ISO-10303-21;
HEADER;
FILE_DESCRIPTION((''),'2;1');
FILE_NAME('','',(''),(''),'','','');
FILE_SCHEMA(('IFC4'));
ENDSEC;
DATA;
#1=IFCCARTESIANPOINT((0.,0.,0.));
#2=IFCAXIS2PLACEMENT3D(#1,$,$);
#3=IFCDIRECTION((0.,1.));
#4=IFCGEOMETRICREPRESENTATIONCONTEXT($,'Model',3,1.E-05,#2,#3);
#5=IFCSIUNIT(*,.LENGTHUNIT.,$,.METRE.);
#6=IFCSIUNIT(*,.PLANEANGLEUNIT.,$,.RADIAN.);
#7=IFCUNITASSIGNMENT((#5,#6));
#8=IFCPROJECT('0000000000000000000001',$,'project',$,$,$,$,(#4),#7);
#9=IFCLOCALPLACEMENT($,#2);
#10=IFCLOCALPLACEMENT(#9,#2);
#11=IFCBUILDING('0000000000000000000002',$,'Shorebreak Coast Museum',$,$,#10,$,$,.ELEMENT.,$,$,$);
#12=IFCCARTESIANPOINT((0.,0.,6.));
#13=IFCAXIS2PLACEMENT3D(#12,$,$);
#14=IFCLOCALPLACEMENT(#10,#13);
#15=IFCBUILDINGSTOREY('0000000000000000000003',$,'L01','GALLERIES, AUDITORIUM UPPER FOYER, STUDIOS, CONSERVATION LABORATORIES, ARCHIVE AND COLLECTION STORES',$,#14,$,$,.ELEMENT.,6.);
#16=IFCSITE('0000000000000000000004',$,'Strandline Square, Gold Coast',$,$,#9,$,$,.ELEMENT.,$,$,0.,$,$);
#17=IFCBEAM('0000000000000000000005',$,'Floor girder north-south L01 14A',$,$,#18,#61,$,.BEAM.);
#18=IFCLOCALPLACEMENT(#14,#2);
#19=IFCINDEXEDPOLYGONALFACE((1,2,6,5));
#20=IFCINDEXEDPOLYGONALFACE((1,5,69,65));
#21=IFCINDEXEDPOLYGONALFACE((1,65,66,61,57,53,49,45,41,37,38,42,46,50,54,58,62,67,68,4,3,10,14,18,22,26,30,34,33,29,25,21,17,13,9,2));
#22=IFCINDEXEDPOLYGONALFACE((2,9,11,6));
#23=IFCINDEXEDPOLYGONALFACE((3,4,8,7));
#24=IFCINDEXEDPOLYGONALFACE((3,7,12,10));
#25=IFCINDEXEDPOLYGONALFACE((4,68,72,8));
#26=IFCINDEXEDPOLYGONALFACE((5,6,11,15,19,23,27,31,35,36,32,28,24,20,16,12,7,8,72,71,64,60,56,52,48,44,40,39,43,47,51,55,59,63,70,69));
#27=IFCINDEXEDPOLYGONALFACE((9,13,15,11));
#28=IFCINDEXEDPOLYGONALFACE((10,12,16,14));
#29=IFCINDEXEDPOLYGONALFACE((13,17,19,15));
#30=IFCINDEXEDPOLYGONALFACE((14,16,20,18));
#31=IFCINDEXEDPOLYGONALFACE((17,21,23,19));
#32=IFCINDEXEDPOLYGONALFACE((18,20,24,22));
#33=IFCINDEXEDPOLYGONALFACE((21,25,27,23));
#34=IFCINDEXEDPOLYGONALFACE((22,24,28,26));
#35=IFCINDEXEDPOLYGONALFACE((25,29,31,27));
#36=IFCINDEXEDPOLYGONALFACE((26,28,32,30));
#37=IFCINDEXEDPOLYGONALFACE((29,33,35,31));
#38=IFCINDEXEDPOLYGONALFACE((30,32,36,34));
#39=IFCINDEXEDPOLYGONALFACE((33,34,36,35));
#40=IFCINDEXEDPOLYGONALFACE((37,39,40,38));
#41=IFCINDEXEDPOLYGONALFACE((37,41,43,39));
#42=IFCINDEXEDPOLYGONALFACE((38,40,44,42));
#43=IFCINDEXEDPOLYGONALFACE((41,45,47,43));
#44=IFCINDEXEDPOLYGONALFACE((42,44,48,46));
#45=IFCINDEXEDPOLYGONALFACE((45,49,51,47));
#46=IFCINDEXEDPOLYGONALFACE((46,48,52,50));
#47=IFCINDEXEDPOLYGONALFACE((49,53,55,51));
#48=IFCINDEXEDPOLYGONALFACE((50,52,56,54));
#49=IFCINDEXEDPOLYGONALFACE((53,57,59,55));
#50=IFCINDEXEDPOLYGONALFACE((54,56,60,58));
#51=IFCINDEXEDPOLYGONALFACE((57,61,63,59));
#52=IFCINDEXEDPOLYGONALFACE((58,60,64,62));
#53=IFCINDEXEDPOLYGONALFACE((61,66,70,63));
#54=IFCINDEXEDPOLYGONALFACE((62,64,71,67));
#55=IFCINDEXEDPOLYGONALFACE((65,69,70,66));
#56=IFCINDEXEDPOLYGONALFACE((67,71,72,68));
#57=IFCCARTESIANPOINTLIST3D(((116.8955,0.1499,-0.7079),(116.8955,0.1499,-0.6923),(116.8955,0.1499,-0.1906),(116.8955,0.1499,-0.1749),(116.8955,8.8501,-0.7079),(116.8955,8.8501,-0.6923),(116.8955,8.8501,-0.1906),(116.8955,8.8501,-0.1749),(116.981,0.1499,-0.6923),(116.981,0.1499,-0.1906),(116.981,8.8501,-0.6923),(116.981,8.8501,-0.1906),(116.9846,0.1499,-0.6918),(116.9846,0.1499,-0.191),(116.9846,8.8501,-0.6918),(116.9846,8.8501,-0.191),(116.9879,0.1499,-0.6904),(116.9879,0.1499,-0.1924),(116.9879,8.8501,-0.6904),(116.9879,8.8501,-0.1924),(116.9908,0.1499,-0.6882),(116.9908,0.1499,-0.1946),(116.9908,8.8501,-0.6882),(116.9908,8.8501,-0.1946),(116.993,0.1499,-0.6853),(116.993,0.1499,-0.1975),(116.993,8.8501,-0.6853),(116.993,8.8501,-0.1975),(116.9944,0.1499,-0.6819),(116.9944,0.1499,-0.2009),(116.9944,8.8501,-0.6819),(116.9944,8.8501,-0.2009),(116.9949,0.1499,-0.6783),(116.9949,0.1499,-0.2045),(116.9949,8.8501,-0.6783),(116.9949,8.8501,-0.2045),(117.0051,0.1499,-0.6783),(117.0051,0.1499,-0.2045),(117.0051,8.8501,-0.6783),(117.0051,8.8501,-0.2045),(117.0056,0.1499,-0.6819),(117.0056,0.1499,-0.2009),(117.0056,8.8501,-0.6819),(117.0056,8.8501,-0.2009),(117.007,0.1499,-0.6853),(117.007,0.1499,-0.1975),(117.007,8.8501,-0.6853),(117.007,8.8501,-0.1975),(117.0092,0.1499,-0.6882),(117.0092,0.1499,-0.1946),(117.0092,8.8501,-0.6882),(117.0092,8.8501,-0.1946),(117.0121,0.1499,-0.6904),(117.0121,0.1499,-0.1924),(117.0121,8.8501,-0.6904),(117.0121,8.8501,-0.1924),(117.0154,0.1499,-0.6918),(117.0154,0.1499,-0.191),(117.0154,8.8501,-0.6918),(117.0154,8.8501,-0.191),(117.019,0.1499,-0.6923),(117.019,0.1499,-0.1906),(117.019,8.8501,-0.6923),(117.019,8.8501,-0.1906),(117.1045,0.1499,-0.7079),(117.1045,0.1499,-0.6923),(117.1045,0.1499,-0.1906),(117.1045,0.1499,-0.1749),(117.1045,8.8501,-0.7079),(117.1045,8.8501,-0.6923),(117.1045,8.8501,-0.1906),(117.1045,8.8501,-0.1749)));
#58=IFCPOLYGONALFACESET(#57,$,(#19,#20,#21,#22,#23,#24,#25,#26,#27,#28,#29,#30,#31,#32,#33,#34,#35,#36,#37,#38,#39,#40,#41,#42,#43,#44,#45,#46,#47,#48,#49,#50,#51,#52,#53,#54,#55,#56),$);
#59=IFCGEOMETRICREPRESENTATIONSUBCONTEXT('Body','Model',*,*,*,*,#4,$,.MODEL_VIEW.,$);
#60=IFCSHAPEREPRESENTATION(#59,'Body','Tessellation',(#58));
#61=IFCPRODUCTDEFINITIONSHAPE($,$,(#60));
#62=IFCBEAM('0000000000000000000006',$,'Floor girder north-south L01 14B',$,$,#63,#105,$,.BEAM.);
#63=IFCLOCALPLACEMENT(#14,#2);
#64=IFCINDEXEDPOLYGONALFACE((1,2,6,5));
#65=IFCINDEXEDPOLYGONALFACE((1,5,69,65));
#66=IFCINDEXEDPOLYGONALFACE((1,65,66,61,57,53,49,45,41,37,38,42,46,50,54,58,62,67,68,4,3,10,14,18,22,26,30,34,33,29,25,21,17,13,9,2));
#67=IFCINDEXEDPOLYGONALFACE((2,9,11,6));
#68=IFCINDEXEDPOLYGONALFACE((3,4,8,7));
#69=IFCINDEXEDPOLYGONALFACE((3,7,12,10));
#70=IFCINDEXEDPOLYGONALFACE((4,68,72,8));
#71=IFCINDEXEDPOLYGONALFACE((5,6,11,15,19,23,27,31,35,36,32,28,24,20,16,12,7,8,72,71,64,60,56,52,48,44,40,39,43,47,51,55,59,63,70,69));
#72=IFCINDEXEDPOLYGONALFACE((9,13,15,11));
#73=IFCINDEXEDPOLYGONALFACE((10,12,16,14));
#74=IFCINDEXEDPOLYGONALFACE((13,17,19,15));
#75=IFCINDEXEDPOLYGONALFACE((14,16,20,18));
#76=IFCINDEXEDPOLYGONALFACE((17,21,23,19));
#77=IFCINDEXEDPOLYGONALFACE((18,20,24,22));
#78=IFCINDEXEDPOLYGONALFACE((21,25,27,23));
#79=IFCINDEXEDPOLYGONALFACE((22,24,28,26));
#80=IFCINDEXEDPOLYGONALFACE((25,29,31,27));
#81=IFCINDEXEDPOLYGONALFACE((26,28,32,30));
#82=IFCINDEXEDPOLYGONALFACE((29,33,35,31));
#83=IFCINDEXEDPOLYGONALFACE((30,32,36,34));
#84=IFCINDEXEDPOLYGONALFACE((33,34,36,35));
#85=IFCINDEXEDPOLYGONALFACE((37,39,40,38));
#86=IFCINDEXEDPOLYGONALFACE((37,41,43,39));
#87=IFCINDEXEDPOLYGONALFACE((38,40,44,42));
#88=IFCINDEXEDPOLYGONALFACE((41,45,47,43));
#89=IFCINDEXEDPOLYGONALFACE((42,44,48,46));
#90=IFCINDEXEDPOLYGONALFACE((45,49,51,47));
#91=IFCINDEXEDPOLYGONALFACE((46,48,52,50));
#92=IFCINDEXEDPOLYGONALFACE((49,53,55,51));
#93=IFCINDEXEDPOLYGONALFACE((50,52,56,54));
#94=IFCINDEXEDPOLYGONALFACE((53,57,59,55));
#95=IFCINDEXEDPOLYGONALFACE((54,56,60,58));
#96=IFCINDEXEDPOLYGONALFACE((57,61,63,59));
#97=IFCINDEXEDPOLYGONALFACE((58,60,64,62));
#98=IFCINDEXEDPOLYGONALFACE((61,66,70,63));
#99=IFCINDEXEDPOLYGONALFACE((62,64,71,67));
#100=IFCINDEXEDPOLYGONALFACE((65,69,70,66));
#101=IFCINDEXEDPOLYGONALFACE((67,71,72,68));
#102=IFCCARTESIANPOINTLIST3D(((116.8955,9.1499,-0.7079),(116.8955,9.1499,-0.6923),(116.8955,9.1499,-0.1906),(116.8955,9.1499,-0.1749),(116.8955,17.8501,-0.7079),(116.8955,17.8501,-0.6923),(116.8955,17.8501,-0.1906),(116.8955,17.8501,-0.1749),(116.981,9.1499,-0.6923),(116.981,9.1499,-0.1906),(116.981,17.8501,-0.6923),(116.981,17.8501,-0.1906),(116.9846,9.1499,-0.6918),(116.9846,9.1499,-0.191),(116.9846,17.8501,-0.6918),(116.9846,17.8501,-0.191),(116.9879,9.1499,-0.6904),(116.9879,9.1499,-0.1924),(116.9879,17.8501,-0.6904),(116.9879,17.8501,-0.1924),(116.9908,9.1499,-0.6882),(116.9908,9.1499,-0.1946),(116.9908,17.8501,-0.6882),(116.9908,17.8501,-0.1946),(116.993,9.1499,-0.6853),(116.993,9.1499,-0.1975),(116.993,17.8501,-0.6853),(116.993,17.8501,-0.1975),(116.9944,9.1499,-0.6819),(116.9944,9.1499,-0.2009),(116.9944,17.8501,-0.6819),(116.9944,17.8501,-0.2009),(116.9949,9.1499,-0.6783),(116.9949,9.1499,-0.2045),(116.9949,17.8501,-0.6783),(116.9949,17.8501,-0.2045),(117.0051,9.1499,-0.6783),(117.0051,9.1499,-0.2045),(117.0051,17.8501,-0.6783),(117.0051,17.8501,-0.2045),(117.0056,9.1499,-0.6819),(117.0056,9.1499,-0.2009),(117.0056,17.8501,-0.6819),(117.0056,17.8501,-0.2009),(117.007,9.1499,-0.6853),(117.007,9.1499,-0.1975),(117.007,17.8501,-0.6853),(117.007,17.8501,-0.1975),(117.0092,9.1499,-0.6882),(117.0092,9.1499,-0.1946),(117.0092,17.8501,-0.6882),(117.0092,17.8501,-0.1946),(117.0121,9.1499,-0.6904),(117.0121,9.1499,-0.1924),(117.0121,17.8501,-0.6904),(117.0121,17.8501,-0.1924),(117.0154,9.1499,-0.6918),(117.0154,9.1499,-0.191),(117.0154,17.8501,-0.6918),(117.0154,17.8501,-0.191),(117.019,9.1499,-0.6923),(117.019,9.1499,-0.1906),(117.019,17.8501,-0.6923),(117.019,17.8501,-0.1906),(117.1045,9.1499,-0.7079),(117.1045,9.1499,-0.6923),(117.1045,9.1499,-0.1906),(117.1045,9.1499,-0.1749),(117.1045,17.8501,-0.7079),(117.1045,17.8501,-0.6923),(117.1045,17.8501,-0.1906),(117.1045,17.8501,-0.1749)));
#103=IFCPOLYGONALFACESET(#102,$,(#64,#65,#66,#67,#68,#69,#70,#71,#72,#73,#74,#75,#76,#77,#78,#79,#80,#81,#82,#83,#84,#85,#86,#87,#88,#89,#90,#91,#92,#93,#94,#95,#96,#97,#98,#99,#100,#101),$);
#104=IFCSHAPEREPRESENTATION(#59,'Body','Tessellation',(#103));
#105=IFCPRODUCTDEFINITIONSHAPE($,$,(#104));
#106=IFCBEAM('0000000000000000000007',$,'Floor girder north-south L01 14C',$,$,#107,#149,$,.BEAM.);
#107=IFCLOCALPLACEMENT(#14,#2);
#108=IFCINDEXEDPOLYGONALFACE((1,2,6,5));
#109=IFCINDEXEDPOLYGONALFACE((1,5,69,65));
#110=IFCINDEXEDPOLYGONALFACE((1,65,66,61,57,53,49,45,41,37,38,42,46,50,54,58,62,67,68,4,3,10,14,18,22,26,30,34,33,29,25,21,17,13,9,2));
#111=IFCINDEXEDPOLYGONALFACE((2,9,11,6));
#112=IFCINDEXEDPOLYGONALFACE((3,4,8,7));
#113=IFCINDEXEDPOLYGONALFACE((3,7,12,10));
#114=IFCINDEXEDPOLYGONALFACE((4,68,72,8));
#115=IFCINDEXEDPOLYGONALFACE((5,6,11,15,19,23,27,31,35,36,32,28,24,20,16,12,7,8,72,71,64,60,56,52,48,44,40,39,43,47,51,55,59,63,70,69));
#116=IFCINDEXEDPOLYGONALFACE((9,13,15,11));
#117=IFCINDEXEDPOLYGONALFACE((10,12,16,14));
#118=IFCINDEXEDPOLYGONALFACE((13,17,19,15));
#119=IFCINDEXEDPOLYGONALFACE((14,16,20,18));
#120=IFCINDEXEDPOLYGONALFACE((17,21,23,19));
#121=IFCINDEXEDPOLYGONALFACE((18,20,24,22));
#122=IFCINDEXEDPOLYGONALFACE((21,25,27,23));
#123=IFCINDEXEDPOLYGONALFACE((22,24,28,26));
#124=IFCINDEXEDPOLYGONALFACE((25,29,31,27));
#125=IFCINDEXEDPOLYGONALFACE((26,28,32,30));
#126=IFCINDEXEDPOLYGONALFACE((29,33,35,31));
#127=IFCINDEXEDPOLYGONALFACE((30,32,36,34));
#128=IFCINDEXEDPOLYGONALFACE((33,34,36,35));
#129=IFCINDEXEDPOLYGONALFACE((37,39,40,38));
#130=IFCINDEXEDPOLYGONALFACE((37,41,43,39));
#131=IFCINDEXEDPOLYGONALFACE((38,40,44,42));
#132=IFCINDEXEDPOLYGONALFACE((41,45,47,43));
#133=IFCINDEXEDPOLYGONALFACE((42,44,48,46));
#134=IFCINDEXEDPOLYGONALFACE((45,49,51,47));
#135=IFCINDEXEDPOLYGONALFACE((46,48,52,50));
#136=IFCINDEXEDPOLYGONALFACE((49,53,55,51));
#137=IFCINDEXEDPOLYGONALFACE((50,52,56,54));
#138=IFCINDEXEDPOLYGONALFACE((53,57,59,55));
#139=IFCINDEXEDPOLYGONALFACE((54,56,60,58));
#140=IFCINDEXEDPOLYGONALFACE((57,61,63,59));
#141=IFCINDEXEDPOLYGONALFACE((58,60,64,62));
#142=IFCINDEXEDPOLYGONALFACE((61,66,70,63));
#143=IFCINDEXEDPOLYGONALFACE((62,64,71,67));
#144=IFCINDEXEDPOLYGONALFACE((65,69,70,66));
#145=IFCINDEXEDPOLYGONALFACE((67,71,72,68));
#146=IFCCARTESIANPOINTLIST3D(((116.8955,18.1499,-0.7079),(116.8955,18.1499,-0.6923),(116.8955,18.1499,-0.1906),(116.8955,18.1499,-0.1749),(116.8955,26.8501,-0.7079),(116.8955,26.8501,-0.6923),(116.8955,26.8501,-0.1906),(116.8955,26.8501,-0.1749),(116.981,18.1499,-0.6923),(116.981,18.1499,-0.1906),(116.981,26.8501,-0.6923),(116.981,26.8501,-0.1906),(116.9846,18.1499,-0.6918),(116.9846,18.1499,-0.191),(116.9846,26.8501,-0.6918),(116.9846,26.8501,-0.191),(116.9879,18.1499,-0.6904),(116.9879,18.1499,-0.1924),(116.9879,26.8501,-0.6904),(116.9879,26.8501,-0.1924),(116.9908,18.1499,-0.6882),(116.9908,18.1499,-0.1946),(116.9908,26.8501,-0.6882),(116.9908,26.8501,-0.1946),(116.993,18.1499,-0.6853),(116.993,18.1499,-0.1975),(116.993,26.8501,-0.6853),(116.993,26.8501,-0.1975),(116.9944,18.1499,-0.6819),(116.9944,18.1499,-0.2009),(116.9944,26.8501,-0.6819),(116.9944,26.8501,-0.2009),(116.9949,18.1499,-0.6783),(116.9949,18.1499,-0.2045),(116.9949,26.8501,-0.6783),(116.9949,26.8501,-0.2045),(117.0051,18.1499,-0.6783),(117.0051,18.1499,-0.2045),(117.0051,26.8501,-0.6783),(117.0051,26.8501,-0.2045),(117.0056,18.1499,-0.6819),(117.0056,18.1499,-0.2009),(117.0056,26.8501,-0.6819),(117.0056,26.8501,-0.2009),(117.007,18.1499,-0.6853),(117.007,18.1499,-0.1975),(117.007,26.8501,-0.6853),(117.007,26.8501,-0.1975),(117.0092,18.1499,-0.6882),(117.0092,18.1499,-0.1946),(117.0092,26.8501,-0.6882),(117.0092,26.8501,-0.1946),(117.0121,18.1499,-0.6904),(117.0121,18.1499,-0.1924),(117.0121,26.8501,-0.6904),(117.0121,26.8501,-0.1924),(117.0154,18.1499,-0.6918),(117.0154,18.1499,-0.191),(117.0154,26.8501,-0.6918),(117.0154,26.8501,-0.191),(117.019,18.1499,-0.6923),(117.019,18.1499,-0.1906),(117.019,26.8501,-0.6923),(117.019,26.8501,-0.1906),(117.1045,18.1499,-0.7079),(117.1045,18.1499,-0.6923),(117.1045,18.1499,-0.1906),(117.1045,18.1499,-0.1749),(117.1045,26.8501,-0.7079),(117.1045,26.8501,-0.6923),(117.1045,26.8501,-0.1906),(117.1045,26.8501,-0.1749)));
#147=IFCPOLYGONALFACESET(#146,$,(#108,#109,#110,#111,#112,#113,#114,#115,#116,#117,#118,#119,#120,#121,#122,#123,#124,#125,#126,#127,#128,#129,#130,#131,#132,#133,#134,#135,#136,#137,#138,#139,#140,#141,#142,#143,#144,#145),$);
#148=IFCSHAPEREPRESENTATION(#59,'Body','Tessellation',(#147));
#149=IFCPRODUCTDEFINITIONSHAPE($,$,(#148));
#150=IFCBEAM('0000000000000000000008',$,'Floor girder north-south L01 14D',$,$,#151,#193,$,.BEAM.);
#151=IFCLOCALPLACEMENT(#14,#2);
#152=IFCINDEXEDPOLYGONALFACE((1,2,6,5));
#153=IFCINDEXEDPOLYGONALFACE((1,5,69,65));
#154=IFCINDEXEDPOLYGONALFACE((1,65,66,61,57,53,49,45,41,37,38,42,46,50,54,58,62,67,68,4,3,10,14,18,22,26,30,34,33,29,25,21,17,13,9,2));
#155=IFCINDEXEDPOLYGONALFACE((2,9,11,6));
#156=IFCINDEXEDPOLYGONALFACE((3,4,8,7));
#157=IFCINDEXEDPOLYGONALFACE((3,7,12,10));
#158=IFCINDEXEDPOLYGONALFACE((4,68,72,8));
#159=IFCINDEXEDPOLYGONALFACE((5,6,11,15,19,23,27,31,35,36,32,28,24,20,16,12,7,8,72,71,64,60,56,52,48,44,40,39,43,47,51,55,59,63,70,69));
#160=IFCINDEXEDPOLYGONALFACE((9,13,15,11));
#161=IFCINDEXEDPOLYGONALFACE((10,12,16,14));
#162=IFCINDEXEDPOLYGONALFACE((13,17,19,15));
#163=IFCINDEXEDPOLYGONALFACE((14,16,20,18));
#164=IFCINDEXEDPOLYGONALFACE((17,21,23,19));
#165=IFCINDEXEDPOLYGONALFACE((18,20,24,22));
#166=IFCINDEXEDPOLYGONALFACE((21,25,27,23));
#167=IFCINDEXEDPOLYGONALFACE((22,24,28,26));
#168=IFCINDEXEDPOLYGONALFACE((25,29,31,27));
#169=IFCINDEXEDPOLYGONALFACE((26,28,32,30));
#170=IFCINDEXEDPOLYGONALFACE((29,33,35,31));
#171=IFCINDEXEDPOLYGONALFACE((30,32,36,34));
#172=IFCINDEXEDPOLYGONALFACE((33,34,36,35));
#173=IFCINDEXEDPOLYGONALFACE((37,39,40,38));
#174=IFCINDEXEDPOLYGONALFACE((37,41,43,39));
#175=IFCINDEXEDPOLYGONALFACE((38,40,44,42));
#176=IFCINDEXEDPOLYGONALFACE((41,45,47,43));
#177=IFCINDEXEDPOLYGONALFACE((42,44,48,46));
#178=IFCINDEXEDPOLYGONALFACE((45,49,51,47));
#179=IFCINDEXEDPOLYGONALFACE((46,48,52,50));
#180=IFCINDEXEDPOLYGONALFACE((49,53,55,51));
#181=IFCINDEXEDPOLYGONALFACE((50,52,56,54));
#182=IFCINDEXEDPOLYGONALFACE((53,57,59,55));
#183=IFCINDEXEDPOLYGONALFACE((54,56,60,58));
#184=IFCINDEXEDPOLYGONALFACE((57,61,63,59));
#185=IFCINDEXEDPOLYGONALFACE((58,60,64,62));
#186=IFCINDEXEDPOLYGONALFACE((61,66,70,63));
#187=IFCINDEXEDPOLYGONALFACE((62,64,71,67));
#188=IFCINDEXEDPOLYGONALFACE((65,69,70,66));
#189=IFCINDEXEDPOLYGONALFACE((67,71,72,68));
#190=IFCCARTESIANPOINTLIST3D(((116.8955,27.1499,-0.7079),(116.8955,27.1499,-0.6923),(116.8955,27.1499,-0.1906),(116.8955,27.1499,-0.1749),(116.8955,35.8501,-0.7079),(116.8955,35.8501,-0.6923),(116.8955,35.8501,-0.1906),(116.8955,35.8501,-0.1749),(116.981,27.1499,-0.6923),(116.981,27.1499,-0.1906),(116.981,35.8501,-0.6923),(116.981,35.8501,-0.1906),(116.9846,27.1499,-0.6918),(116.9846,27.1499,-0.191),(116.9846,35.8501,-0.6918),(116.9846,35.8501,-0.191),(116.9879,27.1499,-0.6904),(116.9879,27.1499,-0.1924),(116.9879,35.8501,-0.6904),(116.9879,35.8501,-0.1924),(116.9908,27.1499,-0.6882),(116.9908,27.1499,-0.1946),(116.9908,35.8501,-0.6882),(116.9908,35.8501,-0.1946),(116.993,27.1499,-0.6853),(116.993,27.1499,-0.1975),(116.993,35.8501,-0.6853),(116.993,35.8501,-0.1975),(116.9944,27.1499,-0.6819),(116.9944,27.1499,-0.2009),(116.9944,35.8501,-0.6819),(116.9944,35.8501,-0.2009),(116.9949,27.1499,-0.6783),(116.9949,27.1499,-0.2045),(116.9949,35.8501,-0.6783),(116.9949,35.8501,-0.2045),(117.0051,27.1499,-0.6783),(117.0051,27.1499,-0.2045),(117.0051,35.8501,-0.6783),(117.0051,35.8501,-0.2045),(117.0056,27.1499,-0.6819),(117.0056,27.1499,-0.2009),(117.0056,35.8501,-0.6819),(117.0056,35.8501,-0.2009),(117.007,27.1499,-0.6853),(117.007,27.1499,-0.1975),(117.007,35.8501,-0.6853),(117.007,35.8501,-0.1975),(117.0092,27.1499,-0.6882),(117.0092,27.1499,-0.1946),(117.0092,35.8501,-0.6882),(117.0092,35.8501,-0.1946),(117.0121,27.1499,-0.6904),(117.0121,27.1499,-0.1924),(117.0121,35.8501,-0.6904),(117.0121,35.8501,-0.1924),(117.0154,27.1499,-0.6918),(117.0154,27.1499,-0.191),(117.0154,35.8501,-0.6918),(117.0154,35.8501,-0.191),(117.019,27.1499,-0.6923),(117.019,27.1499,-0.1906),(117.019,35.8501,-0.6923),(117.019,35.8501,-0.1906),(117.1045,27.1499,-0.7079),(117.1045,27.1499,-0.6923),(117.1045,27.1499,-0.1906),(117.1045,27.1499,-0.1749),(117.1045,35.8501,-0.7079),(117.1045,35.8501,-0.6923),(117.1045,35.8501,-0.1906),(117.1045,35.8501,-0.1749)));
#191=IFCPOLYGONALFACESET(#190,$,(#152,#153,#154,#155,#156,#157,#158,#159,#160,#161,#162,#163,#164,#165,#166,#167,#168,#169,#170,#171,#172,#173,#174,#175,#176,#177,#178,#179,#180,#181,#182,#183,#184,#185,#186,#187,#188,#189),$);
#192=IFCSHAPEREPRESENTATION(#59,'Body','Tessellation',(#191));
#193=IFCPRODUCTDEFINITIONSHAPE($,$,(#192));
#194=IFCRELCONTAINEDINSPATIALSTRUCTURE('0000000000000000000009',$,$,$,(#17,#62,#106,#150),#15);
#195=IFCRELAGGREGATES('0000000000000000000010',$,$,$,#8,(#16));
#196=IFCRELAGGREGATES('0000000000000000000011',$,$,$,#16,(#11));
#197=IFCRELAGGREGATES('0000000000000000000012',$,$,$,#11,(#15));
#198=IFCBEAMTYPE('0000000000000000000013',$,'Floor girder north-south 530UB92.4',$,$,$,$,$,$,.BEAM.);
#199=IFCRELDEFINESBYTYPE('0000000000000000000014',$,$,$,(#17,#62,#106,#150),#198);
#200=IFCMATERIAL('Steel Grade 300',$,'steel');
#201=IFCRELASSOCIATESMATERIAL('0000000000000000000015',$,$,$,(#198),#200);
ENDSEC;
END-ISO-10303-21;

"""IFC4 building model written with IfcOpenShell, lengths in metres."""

from ifc_helpers import new_model, si_unit, direction, frame, origin, origin_2d, place, context, subcontext, project, spatial, i_section, extrude, material, material_profile, profile_set, type_object, element, save


model = new_model("IFC4")

# Units and contexts
model_context = context("Model", 3, precision=1e-05, world=origin(), true_north=direction((0.0, 1.0)))
body_context = subcontext(model_context, "Body", "Model", "MODEL_VIEW")
ifc_project = project(units=[si_unit("LENGTHUNIT", "METRE"), si_unit("PLANEANGLEUNIT", "RADIAN")], contexts=[model_context])

# Site, building, storey
site_placement = place(None, origin())
site = spatial("IfcSite", under=ifc_project, at=site_placement, Name="Strandline Square, Gold Coast", CompositionType="ELEMENT", RefElevation=0.0)
building_placement = place(site_placement, origin())
building = spatial("IfcBuilding", under=site, at=building_placement, Name="Shorebreak Coast Museum", CompositionType="ELEMENT")
storey_placement = place(building_placement, frame((0.0, 0.0, 6.0)))
storey = spatial("IfcBuildingStorey", under=building, at=storey_placement, Name="L01", Description="GALLERIES, AUDITORIUM UPPER FOYER, STUDIOS, CONSERVATION LABORATORIES, ARCHIVE AND COLLECTION STORES", CompositionType="ELEMENT", Elevation=6.0)

# Beams
ifc_material_1 = material(Name="Steel Grade 300", Category="steel")
ifc_material_profile_1 = material_profile(ifc_material_1, i_section(OverallWidth=0.209, OverallDepth=0.533, WebThickness=0.0103, FlangeThickness=0.0156, FilletRadius=0.0139, at=origin_2d()), Name="530UB92.4")
ifc_profile_set_1 = profile_set([ifc_material_profile_1], Name="Steel Grade 300")
beam_type = type_object("IfcBeamType", Name="Floor girder north-south 530UB92.4", PredefinedType="BEAM", material=ifc_profile_set_1)
for number, where, z_axis, x_axis, name in (
    (1, (117.0, 0.1499, -0.4414), (0.0, 1.0, 0.0), (-1.0, 0.0, 0.0), "Floor girder north-south L01 14A"),
    (2, (117.0, 9.1499, -0.4414), (0.0, 1.0, 0.0), (-1.0, 0.0, 0.0), "Floor girder north-south L01 14B"),
    (3, (117.0, 18.1499, -0.4414), (0.0, 1.0, 0.0), (-1.0, 0.0, 0.0), "Floor girder north-south L01 14C"),
    (4, (117.0, 27.1499, -0.4414), (0.0, 1.0, 0.0), (-1.0, 0.0, 0.0), "Floor girder north-south L01 14D"),
):
    element("IfcBeam", number, at=place(storey_placement, frame(where, z_axis=z_axis, x_axis=x_axis)), inside=storey, type_object=beam_type, Name=name, PredefinedType="BEAM", context=body_context, shape_type="SweptSolid", body=[
        extrude(i_section(OverallWidth=0.209, OverallDepth=0.533, WebThickness=0.0103, FlangeThickness=0.0156, FilletRadius=0.0139, at=origin_2d()), origin(), (0.0, 0.0, 1.0), 8.7002),
    ])

save(model, "model.ifc")
